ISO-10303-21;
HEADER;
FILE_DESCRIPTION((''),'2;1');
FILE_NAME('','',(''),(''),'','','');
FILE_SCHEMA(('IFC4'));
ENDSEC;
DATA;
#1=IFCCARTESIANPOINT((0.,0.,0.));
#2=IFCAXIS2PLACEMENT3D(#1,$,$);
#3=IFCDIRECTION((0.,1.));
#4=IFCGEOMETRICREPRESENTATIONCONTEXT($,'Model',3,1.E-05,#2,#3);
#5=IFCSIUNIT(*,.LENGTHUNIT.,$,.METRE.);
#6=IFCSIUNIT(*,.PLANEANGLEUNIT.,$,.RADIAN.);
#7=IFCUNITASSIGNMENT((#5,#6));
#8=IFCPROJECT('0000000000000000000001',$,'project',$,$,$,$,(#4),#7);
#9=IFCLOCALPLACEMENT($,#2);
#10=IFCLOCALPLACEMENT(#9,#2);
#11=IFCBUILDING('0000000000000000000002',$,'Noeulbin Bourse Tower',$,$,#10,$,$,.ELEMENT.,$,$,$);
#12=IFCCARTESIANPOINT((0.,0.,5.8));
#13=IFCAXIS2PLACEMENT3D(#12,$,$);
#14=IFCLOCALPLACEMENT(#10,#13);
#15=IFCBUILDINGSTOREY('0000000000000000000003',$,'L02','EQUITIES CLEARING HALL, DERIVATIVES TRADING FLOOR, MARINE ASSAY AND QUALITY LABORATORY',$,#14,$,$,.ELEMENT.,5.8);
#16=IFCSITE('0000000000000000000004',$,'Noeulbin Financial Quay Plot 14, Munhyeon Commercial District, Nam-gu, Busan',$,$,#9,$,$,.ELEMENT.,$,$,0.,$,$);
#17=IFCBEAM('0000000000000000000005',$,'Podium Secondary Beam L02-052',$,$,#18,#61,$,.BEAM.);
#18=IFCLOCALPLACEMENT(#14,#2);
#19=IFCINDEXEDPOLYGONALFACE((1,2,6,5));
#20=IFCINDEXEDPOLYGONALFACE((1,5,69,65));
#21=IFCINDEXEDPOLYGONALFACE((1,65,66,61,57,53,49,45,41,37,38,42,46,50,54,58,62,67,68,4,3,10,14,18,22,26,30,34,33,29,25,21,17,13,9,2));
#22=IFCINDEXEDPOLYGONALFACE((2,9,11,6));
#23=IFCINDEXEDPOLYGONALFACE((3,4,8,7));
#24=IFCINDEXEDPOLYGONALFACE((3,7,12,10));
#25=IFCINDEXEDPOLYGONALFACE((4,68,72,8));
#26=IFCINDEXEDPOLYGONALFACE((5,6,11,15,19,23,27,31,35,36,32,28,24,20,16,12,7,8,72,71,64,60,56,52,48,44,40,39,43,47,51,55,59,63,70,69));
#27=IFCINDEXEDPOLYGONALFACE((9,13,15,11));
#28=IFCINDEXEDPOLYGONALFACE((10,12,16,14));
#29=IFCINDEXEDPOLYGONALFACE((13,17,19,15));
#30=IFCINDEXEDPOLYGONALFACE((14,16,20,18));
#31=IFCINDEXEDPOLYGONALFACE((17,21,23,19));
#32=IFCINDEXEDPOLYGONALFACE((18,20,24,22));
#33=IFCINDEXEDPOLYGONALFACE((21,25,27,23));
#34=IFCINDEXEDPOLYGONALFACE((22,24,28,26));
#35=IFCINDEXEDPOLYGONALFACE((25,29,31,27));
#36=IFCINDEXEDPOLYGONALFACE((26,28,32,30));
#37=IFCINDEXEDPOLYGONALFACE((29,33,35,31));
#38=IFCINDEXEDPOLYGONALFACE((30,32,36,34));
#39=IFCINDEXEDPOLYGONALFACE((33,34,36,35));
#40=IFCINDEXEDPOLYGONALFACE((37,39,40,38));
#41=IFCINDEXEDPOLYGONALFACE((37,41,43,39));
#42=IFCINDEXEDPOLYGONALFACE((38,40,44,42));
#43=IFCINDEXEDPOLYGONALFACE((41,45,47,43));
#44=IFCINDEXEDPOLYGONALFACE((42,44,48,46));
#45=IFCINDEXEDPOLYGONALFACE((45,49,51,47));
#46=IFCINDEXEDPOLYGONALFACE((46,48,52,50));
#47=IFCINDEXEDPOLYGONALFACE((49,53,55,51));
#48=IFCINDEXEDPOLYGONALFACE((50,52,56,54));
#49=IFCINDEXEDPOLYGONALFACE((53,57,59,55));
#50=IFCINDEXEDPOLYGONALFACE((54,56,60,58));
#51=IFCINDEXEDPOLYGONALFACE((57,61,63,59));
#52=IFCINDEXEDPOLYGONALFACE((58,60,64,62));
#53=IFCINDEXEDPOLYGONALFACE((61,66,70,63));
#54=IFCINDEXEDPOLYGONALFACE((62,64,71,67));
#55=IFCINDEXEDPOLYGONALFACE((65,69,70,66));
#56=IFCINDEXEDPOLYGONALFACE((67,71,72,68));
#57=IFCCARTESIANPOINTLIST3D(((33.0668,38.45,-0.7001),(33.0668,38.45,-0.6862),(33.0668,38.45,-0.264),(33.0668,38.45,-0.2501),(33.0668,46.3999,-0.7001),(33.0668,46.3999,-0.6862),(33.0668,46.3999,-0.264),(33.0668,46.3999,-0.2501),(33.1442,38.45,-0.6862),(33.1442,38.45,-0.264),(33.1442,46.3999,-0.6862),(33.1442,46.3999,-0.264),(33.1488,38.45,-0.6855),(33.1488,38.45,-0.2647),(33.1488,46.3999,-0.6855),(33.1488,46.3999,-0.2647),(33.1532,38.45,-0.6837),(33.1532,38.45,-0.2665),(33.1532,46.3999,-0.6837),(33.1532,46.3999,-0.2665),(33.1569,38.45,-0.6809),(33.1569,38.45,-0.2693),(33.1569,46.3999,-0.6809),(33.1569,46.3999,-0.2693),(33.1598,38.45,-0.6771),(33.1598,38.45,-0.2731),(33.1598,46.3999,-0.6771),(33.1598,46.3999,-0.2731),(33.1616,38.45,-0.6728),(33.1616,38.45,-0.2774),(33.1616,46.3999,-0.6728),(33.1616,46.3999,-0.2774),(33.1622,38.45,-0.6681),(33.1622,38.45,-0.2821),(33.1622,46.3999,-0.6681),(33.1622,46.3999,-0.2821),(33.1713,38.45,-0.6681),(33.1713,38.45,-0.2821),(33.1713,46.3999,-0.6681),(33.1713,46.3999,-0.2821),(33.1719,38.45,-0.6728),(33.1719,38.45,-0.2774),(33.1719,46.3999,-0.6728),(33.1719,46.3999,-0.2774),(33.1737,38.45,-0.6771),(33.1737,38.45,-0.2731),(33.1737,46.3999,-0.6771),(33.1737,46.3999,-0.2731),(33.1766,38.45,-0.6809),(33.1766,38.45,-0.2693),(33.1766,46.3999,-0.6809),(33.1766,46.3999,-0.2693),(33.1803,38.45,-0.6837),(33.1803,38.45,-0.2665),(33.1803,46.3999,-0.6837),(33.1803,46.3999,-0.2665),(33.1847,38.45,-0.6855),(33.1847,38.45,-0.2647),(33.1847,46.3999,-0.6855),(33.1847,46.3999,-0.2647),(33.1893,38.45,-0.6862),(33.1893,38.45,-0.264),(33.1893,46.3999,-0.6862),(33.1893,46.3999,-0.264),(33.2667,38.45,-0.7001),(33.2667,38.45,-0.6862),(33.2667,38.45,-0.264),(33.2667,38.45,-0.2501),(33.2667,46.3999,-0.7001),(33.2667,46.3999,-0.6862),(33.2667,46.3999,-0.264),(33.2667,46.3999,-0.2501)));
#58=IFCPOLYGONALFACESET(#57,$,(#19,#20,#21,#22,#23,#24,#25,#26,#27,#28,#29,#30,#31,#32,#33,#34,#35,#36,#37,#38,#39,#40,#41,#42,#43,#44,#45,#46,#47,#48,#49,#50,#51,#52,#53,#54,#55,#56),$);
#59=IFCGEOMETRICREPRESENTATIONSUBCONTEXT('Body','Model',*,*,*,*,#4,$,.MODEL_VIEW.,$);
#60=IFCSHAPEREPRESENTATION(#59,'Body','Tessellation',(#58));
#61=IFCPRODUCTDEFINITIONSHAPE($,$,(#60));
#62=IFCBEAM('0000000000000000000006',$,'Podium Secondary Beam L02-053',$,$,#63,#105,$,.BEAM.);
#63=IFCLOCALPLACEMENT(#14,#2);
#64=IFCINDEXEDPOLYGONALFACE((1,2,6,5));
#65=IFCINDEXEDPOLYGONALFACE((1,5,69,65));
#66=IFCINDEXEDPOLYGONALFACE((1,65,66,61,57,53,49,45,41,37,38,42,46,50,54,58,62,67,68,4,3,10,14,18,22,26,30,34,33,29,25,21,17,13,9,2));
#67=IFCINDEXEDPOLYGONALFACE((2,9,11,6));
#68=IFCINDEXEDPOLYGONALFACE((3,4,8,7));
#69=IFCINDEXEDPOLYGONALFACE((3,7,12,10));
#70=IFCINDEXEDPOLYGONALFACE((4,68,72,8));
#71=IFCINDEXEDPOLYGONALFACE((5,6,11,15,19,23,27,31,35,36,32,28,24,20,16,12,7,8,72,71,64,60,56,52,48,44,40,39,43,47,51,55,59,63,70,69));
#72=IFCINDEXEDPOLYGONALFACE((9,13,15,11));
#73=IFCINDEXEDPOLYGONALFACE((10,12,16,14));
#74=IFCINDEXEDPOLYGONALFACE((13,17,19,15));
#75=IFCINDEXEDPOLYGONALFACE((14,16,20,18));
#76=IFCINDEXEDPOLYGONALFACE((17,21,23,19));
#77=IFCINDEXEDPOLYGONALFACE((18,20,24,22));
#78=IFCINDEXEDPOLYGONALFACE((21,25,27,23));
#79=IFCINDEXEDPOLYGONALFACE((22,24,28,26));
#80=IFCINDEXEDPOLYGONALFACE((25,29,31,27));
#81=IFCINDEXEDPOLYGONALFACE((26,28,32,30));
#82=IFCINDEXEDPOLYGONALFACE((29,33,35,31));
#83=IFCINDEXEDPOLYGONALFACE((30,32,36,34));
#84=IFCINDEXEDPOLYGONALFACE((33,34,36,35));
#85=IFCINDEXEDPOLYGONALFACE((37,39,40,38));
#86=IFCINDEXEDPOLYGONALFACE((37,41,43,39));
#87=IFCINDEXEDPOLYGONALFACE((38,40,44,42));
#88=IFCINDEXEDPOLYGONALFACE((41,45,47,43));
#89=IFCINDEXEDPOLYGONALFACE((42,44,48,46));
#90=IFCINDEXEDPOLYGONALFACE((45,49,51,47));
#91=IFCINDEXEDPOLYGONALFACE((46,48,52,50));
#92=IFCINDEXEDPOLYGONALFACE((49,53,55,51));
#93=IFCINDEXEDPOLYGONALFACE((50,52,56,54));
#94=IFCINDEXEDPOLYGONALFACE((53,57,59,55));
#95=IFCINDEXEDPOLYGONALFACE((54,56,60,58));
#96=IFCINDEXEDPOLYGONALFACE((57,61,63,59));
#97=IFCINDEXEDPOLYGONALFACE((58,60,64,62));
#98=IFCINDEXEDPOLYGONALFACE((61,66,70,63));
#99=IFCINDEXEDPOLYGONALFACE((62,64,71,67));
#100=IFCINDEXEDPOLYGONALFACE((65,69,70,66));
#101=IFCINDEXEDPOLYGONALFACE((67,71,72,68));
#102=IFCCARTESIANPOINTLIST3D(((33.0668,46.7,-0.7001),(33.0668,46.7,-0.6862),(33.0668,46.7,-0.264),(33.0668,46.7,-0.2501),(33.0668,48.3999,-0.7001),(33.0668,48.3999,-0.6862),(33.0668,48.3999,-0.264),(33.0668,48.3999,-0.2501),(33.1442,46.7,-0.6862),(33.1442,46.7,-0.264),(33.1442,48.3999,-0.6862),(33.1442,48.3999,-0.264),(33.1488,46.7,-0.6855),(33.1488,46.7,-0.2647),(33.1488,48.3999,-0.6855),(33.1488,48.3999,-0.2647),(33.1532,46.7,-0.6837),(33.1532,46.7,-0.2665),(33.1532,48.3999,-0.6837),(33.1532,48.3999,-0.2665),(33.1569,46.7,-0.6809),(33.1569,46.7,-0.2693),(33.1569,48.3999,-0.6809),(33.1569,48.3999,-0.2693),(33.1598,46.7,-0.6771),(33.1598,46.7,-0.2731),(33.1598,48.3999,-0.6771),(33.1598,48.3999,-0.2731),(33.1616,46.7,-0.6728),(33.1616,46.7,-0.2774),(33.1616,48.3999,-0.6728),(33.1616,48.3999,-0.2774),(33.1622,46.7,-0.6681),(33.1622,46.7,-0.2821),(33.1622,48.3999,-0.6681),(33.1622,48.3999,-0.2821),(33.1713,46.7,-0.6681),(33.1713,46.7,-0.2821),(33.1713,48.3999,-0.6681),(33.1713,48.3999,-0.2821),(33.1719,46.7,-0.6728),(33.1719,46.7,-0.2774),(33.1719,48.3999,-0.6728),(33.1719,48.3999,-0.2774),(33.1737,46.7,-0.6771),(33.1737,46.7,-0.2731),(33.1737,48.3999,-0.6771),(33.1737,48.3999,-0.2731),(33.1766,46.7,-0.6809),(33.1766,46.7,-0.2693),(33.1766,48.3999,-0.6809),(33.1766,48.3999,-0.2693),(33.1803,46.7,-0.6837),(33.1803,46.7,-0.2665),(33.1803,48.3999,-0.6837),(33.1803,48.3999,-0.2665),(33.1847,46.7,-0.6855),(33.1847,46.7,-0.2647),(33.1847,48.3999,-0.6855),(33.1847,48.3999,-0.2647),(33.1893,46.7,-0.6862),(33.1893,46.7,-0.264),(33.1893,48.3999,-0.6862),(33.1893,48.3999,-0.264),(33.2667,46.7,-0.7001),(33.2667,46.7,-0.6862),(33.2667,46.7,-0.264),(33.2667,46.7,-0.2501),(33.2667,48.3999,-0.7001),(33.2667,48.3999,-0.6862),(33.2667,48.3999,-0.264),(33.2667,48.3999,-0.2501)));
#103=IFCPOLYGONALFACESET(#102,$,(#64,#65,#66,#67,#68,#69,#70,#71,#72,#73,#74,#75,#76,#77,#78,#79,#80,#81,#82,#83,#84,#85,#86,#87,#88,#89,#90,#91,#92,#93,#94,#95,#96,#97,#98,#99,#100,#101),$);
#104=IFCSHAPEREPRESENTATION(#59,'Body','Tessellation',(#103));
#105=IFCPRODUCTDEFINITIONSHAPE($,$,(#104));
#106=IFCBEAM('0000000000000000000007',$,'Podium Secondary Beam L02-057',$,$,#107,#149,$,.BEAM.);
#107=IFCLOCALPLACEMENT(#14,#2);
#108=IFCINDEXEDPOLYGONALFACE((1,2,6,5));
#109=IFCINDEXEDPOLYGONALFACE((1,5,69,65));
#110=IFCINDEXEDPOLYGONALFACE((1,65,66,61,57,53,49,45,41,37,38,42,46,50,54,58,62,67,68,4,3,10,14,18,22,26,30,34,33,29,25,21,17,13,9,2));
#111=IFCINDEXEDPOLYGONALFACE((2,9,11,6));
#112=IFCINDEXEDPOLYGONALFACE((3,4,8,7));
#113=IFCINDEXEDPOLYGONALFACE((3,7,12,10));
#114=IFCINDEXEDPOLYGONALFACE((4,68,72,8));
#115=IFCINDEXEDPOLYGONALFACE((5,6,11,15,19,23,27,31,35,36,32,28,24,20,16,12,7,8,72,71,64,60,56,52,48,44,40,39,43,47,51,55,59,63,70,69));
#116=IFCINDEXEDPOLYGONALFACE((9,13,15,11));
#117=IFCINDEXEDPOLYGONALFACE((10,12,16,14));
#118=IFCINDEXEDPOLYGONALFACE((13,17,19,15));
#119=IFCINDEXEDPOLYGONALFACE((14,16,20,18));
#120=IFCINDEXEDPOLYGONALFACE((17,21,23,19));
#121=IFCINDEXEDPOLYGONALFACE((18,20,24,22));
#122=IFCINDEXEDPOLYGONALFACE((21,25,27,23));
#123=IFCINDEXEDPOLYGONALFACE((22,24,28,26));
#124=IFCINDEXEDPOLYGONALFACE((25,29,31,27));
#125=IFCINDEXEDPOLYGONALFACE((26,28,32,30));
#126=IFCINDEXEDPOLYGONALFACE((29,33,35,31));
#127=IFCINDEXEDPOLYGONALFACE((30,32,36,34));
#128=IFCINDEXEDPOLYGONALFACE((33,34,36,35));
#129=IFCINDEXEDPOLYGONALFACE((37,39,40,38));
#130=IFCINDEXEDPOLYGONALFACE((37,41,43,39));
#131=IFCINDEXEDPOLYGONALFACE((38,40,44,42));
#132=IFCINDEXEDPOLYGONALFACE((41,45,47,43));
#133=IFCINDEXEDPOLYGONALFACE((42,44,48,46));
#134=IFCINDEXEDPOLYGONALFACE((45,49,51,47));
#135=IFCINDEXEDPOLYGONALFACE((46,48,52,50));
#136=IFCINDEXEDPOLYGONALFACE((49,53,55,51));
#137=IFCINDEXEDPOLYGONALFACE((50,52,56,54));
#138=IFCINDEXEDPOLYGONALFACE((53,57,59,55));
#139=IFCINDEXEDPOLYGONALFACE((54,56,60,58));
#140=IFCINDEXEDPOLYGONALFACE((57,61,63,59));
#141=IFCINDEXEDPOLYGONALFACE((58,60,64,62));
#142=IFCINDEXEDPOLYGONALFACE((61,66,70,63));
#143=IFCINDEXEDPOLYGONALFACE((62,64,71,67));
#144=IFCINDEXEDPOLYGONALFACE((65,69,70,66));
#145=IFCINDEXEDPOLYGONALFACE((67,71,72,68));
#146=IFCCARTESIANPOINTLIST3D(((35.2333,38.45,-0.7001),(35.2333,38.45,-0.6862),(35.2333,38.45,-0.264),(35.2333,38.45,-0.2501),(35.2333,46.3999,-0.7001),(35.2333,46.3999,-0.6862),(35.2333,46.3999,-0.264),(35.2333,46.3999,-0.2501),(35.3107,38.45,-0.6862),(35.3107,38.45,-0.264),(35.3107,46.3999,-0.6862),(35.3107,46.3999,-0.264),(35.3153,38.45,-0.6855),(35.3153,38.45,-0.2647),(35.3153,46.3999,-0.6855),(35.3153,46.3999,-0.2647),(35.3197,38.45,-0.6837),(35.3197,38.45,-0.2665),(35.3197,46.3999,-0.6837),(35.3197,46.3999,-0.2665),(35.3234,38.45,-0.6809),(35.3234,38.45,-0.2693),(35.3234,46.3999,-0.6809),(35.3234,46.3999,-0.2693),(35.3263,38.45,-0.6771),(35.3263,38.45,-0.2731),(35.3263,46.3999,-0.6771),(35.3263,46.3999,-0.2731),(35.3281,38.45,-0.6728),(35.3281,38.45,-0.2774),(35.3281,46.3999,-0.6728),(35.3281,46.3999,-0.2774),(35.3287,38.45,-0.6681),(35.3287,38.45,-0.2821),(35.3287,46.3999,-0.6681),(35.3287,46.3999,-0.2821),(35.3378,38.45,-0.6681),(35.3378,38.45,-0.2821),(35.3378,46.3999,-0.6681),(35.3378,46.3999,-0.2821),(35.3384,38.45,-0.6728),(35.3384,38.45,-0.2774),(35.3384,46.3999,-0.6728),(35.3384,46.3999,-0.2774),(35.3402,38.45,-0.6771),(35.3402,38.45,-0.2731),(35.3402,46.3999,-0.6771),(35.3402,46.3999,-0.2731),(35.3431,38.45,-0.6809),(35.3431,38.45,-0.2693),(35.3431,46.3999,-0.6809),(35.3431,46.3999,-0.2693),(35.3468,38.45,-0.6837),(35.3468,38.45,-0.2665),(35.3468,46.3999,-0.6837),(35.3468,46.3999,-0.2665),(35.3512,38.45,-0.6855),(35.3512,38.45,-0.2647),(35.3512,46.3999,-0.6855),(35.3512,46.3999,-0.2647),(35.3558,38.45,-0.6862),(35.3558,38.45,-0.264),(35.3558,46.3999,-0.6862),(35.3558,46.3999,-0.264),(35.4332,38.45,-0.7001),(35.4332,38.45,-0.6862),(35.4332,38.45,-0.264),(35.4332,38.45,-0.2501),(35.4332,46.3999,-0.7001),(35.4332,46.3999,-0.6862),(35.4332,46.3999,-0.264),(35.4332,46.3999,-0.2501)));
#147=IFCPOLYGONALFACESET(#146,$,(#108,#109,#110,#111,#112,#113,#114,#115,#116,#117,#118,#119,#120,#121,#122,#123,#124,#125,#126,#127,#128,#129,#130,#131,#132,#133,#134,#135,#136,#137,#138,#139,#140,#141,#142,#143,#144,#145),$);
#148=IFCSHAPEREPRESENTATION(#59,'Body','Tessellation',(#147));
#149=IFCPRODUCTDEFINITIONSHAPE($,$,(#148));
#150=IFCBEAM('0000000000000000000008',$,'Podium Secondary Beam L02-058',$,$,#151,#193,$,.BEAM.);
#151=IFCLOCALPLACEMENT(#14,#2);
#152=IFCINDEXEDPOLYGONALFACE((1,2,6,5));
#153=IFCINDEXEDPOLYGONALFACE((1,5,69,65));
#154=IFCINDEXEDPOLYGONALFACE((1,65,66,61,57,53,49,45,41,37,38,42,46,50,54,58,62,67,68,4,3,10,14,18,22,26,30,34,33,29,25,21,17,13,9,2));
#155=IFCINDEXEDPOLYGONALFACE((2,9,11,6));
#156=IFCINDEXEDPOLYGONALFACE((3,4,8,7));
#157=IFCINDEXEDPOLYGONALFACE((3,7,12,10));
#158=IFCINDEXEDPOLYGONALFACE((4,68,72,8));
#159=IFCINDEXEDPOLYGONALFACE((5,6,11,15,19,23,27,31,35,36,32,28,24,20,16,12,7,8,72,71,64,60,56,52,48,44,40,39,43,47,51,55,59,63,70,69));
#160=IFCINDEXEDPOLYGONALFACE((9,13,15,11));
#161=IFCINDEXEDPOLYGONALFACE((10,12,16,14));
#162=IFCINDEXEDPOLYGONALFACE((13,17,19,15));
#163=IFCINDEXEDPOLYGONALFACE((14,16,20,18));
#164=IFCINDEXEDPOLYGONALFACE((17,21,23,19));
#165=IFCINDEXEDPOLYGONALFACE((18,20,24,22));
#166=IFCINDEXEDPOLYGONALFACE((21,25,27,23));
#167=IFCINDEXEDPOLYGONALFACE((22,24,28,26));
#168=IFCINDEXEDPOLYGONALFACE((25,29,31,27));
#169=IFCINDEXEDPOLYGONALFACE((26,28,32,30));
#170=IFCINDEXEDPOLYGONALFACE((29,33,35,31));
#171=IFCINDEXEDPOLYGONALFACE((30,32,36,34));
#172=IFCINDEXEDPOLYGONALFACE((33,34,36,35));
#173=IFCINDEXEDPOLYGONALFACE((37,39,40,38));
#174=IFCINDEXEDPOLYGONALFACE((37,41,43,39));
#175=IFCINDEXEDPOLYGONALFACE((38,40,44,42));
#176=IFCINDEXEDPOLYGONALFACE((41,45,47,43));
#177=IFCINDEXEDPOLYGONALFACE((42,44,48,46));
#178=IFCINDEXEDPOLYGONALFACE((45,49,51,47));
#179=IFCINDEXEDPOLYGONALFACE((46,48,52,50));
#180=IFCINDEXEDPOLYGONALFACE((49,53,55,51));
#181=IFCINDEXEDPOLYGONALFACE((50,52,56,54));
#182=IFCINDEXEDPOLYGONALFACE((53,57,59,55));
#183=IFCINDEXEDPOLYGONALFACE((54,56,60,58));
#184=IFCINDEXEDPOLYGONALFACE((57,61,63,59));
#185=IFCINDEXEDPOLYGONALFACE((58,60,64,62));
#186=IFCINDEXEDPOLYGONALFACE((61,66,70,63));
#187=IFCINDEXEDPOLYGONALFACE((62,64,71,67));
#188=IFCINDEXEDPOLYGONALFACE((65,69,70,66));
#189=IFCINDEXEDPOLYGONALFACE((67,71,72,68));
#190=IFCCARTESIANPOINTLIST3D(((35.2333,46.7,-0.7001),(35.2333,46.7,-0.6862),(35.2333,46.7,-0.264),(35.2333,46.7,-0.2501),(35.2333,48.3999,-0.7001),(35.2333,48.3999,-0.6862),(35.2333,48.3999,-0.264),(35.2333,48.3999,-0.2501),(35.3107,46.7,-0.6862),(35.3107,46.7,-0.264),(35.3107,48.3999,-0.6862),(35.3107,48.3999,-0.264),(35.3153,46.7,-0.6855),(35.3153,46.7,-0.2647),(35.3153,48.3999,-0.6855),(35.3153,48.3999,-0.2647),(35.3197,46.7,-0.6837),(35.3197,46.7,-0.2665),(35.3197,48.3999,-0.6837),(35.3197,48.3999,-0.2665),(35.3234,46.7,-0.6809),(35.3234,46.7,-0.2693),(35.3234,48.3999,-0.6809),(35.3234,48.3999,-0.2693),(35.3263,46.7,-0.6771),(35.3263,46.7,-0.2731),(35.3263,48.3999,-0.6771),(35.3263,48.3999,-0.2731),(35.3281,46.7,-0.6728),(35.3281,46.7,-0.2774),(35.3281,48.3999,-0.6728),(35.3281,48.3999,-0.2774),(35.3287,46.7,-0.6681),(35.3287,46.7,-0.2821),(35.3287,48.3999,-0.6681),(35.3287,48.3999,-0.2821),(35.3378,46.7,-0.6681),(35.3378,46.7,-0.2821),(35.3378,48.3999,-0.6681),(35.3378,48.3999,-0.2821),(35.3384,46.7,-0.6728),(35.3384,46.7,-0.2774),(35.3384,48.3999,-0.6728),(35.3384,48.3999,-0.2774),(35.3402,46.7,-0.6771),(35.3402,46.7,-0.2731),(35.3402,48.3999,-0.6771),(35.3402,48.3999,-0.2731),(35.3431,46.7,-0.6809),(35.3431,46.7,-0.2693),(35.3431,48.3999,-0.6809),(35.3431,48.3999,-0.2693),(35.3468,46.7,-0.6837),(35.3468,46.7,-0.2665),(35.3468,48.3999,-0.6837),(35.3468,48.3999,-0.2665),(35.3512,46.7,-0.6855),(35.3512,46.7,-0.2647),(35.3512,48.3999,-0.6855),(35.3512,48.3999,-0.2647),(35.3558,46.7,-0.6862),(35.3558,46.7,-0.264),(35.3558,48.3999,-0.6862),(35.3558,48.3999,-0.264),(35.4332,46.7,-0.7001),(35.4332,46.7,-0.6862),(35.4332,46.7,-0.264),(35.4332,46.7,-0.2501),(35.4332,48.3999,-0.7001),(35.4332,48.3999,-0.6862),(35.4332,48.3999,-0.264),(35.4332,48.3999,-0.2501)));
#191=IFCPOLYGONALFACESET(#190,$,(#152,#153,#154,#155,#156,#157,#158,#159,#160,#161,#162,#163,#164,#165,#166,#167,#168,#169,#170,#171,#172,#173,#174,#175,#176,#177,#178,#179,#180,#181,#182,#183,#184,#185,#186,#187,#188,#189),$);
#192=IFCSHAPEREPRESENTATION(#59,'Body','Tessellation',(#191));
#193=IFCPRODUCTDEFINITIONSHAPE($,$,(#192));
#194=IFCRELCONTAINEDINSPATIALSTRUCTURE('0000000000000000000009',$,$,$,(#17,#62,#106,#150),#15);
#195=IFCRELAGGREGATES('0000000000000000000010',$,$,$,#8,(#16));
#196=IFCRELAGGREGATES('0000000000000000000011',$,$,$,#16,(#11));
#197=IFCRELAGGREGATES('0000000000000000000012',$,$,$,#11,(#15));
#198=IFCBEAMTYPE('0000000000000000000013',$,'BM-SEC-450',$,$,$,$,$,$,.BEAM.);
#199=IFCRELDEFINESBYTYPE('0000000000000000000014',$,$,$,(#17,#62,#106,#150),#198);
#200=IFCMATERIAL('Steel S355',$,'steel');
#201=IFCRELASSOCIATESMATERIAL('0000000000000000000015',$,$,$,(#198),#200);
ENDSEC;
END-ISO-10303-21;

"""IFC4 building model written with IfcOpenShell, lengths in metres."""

from ifc_helpers import new_model, si_unit, direction, frame, origin, origin_2d, place, context, subcontext, project, spatial, i_section, extrude, material, material_profile, profile_set, type_object, element, save


model = new_model("IFC4")

# Units and contexts
model_context = context("Model", 3, precision=1e-05, world=origin(), true_north=direction((0.0, 1.0)))
body_context = subcontext(model_context, "Body", "Model", "MODEL_VIEW")
ifc_project = project(units=[si_unit("LENGTHUNIT", "METRE"), si_unit("PLANEANGLEUNIT", "RADIAN")], contexts=[model_context])

# Site, building, storey
site_placement = place(None, origin())
site = spatial("IfcSite", under=ifc_project, at=site_placement, Name="Noeulbin Financial Quay Plot 14, Munhyeon Commercial District, Nam-gu, Busan", CompositionType="ELEMENT", RefElevation=0.0)
building_placement = place(site_placement, origin())
building = spatial("IfcBuilding", under=site, at=building_placement, Name="Noeulbin Bourse Tower", CompositionType="ELEMENT")
storey_placement = place(building_placement, frame((0.0, 0.0, 5.8)))
storey = spatial("IfcBuildingStorey", under=building, at=storey_placement, Name="L02", Description="EQUITIES CLEARING HALL, DERIVATIVES TRADING FLOOR, MARINE ASSAY AND QUALITY LABORATORY", CompositionType="ELEMENT", Elevation=5.8)

# Beams
ifc_material_1 = material(Name="Steel S355", Category="steel")
ifc_material_profile_1 = material_profile(ifc_material_1, i_section(OverallWidth=0.2, OverallDepth=0.45, WebThickness=0.009, FlangeThickness=0.0139, FilletRadius=0.0181, at=origin_2d()), Name="H-450x200x9x14", Category="LoadBearing")
ifc_profile_set_1 = profile_set([ifc_material_profile_1], Name="Steel S355")
beam_type_1 = type_object("IfcBeamType", Name="BM-SEC-450", PredefinedType="BEAM", material=ifc_profile_set_1)
beam_1_placement = place(storey_placement, frame((33.1667, 38.45, -0.4751), z_axis=(0.0, 1.0, 0.0), x_axis=(-1.0, 0.0, 0.0)))
element("IfcBeam", 1, at=beam_1_placement, inside=storey, type_object=beam_type_1, Name="Podium Secondary Beam L02-052", PredefinedType="BEAM", context=body_context, shape_type="SweptSolid", body=[
    extrude(i_section(OverallWidth=0.2, OverallDepth=0.45, WebThickness=0.009, FlangeThickness=0.0139, FilletRadius=0.0181, at=origin_2d()), origin(), (0.0, 0.0, 1.0), 7.95),
])
beam_2_placement = place(storey_placement, frame((33.1667, 46.7, -0.4751), z_axis=(0.0, 1.0, 0.0), x_axis=(-1.0, 0.0, 0.0)))
element("IfcBeam", 2, at=beam_2_placement, inside=storey, type_object=beam_type_1, Name="Podium Secondary Beam L02-053", PredefinedType="BEAM", context=body_context, shape_type="SweptSolid", body=[
    extrude(i_section(OverallWidth=0.2, OverallDepth=0.45, WebThickness=0.009, FlangeThickness=0.0139, FilletRadius=0.0181, at=origin_2d()), origin(), (0.0, 0.0, 1.0), 1.7),
])
beam_3_placement = place(storey_placement, frame((35.3333, 38.45, -0.4751), z_axis=(0.0, 1.0, 0.0), x_axis=(-1.0, 0.0, 0.0)))
element("IfcBeam", 3, at=beam_3_placement, inside=storey, type_object=beam_type_1, Name="Podium Secondary Beam L02-057", PredefinedType="BEAM", context=body_context, shape_type="SweptSolid", body=[
    extrude(i_section(OverallWidth=0.2, OverallDepth=0.45, WebThickness=0.009, FlangeThickness=0.0139, FilletRadius=0.0181, at=origin_2d()), origin(), (0.0, 0.0, 1.0), 7.95),
])
beam_4_placement = place(storey_placement, frame((35.3333, 46.7, -0.4751), z_axis=(0.0, 1.0, 0.0), x_axis=(-1.0, 0.0, 0.0)))
element("IfcBeam", 4, at=beam_4_placement, inside=storey, type_object=beam_type_1, Name="Podium Secondary Beam L02-058", PredefinedType="BEAM", context=body_context, shape_type="SweptSolid", body=[
    extrude(i_section(OverallWidth=0.2, OverallDepth=0.45, WebThickness=0.009, FlangeThickness=0.0139, FilletRadius=0.0181, at=origin_2d()), origin(), (0.0, 0.0, 1.0), 1.7),
])

save(model, "model.ifc")
